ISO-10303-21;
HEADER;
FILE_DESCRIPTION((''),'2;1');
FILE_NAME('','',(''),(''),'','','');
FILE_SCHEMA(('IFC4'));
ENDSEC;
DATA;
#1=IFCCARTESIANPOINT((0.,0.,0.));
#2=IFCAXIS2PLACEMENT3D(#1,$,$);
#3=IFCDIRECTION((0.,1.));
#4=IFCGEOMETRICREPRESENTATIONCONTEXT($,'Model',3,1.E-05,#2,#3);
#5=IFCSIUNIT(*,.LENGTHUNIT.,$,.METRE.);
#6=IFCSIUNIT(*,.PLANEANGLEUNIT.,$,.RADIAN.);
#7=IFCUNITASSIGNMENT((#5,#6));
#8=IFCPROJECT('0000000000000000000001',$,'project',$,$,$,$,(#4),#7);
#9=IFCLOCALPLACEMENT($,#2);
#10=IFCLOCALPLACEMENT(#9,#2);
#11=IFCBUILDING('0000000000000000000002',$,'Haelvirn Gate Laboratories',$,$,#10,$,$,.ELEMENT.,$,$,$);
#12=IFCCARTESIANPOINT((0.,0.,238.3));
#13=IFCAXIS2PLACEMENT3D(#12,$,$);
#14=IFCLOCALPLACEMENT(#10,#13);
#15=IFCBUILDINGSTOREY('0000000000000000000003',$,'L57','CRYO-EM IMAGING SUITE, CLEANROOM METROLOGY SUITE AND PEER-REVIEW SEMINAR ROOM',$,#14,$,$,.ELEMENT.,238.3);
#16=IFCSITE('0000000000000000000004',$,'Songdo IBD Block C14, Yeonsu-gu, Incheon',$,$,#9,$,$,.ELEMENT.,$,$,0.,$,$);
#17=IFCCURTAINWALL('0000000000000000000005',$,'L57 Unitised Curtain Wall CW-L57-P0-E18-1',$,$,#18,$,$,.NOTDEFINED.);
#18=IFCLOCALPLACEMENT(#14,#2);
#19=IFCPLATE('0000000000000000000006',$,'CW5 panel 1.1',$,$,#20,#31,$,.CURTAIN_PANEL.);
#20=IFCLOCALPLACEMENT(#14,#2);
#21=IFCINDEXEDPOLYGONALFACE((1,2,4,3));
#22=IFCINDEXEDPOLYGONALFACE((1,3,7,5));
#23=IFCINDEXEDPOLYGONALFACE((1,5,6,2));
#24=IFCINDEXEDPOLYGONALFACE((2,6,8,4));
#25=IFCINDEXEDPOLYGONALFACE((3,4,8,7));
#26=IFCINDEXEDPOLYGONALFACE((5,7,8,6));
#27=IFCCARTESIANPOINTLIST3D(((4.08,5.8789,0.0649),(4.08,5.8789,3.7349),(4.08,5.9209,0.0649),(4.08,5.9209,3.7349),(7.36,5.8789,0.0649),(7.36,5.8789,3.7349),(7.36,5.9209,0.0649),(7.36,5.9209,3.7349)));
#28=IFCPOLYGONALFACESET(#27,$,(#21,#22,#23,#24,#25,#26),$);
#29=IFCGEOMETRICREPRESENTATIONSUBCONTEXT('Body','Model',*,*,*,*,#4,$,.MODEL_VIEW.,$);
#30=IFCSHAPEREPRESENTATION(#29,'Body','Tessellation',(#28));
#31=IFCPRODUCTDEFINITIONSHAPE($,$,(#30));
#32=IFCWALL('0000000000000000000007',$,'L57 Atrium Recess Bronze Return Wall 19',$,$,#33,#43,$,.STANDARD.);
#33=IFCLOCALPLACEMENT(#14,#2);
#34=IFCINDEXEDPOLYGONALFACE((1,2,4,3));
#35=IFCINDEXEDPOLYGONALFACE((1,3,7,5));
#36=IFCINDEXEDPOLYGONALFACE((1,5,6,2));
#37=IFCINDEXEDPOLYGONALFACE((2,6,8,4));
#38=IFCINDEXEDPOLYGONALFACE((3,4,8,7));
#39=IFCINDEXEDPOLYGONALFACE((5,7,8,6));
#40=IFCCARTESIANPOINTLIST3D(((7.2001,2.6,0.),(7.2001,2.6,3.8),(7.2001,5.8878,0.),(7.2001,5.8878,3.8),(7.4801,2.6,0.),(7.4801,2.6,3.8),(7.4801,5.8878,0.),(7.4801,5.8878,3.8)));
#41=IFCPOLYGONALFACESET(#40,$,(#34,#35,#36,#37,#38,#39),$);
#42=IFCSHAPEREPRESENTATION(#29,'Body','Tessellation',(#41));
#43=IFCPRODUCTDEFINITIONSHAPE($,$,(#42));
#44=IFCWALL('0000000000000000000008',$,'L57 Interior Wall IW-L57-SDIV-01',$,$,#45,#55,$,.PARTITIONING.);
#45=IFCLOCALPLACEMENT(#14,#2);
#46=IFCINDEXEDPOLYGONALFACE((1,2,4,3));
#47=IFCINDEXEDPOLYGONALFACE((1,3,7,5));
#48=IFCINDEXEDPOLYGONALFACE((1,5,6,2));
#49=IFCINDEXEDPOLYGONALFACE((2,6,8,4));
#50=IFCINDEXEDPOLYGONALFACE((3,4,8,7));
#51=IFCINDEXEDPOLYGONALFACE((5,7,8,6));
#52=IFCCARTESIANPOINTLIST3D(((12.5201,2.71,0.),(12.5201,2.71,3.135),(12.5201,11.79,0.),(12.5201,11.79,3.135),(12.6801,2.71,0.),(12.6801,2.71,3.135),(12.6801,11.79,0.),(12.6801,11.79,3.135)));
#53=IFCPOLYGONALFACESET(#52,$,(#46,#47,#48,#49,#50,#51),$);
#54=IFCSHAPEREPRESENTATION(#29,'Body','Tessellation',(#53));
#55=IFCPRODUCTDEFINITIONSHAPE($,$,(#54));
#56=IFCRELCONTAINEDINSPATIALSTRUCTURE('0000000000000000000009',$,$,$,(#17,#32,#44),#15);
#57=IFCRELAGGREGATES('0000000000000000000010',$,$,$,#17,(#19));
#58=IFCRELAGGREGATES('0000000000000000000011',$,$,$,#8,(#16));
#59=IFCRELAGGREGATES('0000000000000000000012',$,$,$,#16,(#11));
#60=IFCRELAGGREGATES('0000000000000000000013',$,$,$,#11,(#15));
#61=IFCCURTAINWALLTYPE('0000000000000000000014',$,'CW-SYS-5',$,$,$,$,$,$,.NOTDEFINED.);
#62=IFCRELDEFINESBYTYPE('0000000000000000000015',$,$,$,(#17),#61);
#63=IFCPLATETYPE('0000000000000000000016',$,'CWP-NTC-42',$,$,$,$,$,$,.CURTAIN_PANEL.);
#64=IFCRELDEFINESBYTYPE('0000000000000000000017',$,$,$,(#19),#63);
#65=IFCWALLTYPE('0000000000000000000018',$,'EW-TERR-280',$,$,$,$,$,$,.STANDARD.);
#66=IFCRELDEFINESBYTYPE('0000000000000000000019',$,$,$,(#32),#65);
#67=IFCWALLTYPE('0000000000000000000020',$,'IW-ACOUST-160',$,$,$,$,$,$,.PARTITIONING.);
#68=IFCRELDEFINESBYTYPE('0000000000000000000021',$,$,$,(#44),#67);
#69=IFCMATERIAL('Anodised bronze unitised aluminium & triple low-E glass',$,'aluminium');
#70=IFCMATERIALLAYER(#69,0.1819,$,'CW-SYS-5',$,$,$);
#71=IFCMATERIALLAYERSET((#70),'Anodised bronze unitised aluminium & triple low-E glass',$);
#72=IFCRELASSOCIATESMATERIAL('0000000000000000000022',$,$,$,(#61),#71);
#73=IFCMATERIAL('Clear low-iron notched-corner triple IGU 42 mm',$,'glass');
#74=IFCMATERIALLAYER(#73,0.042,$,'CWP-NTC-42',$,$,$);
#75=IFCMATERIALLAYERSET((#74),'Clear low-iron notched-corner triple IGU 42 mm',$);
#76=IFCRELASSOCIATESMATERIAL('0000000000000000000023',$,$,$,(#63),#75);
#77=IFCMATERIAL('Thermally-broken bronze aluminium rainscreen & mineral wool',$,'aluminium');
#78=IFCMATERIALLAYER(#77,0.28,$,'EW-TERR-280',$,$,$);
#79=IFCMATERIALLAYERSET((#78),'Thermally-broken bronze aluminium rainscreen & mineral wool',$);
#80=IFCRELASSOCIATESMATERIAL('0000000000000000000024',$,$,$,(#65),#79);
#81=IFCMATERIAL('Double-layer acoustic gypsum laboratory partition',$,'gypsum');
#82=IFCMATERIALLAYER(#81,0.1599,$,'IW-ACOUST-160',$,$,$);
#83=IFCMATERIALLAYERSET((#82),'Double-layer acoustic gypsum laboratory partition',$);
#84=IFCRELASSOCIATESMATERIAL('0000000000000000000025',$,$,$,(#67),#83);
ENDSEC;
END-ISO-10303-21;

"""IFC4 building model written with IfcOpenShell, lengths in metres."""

from ifc_helpers import new_model, si_unit, direction, frame, frame_2d, origin, origin_2d, place, context, subcontext, project, spatial, rectangle, extrude, source, transform, mapped, material, layer, layer_set, type_object, type_shapes, element, aggregate, save


model = new_model("IFC4")

# Units and contexts
model_context = context("Model", 3, precision=1e-05, world=origin(), true_north=direction((0.0, 1.0)))
body_context = subcontext(model_context, "Body", "Model", "MODEL_VIEW")
ifc_project = project(units=[si_unit("LENGTHUNIT", "METRE"), si_unit("PLANEANGLEUNIT", "RADIAN")], contexts=[model_context])

# Site, building, storey
site_placement = place(None, origin())
site = spatial("IfcSite", under=ifc_project, at=site_placement, Name="Songdo IBD Block C14, Yeonsu-gu, Incheon", CompositionType="ELEMENT", RefElevation=0.0)
building_placement = place(site_placement, origin())
building = spatial("IfcBuilding", under=site, at=building_placement, Name="Haelvirn Gate Laboratories", CompositionType="ELEMENT")
storey_placement = place(building_placement, frame((0.0, 0.0, 238.3)))
storey = spatial("IfcBuildingStorey", under=building, at=storey_placement, Name="L57", Description="CRYO-EM IMAGING SUITE, CLEANROOM METROLOGY SUITE AND PEER-REVIEW SEMINAR ROOM", CompositionType="ELEMENT", Elevation=238.3)

# Curtain wall
ifc_material_1 = material(Name="Anodised bronze unitised aluminium & triple low-E glass", Category="aluminium")
ifc_layer_1 = layer(ifc_material_1, 0.1819, Name="CW-SYS-5")
ifc_layer_set_1 = layer_set([ifc_layer_1], Name="Anodised bronze unitised aluminium & triple low-E glass")
curtain_wall_type_1 = type_object("IfcCurtainWallType", Name="CW-SYS-5", PredefinedType="NOTDEFINED", material=ifc_layer_set_1)
curtain_wall_1_placement = place(storey_placement, origin())
curtain_wall_1 = element("IfcCurtainWall", 1, at=curtain_wall_1_placement, inside=storey, type_object=curtain_wall_type_1, Name="L57 Unitised Curtain Wall CW-L57-P0-E18-1", PredefinedType="NOTDEFINED")

# Plate
ifc_material_2 = material(Name="Clear low-iron notched-corner triple IGU 42 mm", Category="glass")
ifc_layer_2 = layer(ifc_material_2, 0.042, Name="CWP-NTC-42")
ifc_layer_set_2 = layer_set([ifc_layer_2], Name="Clear low-iron notched-corner triple IGU 42 mm")
plate_type_1 = type_object("IfcPlateType", Name="CWP-NTC-42", PredefinedType="CURTAIN_PANEL", material=ifc_layer_set_2)
shared_shape_1 = source(origin(), body_context, "Body", "SweptSolid", [
    extrude(rectangle(XDim=3.28, YDim=0.042, at=origin_2d()), origin(), (0.0, 0.0, 1.0), 3.6699),
])
type_shapes(plate_type_1, [shared_shape_1])
plate_1_placement = place(storey_placement, frame((5.72, 5.8999, 0.0649), z_axis=(0.0, 0.0, 1.0), x_axis=(1.0, 0.0, 0.0)))
plate_1 = element("IfcPlate", 2, at=plate_1_placement, type_object=plate_type_1, Name="CW5 panel 1.1", PredefinedType="CURTAIN_PANEL", context=body_context, shape_type="MappedRepresentation", body=[
    mapped(shared_shape_1, transform((0.0, 0.0, 0.0), scale=1.0)),
])
aggregate(curtain_wall_1, [plate_1])

# Walls
ifc_material_3 = material(Name="Thermally-broken bronze aluminium rainscreen & mineral wool", Category="aluminium")
ifc_layer_3 = layer(ifc_material_3, 0.28, Name="EW-TERR-280")
ifc_layer_set_3 = layer_set([ifc_layer_3], Name="Thermally-broken bronze aluminium rainscreen & mineral wool")
wall_type_1 = type_object("IfcWallType", Name="EW-TERR-280", PredefinedType="STANDARD", material=ifc_layer_set_3)
wall_1_placement = place(storey_placement, frame((7.3401, 5.8879, 0.0), z_axis=(0.0, 0.0, 1.0), x_axis=(0.0, -1.0, 0.0)))
element("IfcWall", 3, at=wall_1_placement, inside=storey, type_object=wall_type_1, Name="L57 Atrium Recess Bronze Return Wall 19", PredefinedType="STANDARD", context=body_context, shape_type="SweptSolid", body=[
    extrude(rectangle(XDim=3.2878, YDim=0.28, at=frame_2d((1.644, 0.0))), origin(), (0.0, 0.0, 1.0), 3.8),
])
ifc_material_4 = material(Name="Double-layer acoustic gypsum laboratory partition", Category="gypsum")
ifc_layer_4 = layer(ifc_material_4, 0.1599, Name="IW-ACOUST-160")
ifc_layer_set_4 = layer_set([ifc_layer_4], Name="Double-layer acoustic gypsum laboratory partition")
wall_type_2 = type_object("IfcWallType", Name="IW-ACOUST-160", PredefinedType="PARTITIONING", material=ifc_layer_set_4)
wall_2_placement = place(storey_placement, frame((12.6001, 2.71, 0.0), z_axis=(0.0, 0.0, 1.0), x_axis=(0.0, 1.0, 0.0)))
element("IfcWall", 4, at=wall_2_placement, inside=storey, type_object=wall_type_2, Name="L57 Interior Wall IW-L57-SDIV-01", PredefinedType="PARTITIONING", context=body_context, shape_type="SweptSolid", body=[
    extrude(rectangle(XDim=9.0801, YDim=0.1599, at=frame_2d((4.54, 0.0))), origin(), (0.0, 0.0, 1.0), 3.135),
])

save(model, "model.ifc")
